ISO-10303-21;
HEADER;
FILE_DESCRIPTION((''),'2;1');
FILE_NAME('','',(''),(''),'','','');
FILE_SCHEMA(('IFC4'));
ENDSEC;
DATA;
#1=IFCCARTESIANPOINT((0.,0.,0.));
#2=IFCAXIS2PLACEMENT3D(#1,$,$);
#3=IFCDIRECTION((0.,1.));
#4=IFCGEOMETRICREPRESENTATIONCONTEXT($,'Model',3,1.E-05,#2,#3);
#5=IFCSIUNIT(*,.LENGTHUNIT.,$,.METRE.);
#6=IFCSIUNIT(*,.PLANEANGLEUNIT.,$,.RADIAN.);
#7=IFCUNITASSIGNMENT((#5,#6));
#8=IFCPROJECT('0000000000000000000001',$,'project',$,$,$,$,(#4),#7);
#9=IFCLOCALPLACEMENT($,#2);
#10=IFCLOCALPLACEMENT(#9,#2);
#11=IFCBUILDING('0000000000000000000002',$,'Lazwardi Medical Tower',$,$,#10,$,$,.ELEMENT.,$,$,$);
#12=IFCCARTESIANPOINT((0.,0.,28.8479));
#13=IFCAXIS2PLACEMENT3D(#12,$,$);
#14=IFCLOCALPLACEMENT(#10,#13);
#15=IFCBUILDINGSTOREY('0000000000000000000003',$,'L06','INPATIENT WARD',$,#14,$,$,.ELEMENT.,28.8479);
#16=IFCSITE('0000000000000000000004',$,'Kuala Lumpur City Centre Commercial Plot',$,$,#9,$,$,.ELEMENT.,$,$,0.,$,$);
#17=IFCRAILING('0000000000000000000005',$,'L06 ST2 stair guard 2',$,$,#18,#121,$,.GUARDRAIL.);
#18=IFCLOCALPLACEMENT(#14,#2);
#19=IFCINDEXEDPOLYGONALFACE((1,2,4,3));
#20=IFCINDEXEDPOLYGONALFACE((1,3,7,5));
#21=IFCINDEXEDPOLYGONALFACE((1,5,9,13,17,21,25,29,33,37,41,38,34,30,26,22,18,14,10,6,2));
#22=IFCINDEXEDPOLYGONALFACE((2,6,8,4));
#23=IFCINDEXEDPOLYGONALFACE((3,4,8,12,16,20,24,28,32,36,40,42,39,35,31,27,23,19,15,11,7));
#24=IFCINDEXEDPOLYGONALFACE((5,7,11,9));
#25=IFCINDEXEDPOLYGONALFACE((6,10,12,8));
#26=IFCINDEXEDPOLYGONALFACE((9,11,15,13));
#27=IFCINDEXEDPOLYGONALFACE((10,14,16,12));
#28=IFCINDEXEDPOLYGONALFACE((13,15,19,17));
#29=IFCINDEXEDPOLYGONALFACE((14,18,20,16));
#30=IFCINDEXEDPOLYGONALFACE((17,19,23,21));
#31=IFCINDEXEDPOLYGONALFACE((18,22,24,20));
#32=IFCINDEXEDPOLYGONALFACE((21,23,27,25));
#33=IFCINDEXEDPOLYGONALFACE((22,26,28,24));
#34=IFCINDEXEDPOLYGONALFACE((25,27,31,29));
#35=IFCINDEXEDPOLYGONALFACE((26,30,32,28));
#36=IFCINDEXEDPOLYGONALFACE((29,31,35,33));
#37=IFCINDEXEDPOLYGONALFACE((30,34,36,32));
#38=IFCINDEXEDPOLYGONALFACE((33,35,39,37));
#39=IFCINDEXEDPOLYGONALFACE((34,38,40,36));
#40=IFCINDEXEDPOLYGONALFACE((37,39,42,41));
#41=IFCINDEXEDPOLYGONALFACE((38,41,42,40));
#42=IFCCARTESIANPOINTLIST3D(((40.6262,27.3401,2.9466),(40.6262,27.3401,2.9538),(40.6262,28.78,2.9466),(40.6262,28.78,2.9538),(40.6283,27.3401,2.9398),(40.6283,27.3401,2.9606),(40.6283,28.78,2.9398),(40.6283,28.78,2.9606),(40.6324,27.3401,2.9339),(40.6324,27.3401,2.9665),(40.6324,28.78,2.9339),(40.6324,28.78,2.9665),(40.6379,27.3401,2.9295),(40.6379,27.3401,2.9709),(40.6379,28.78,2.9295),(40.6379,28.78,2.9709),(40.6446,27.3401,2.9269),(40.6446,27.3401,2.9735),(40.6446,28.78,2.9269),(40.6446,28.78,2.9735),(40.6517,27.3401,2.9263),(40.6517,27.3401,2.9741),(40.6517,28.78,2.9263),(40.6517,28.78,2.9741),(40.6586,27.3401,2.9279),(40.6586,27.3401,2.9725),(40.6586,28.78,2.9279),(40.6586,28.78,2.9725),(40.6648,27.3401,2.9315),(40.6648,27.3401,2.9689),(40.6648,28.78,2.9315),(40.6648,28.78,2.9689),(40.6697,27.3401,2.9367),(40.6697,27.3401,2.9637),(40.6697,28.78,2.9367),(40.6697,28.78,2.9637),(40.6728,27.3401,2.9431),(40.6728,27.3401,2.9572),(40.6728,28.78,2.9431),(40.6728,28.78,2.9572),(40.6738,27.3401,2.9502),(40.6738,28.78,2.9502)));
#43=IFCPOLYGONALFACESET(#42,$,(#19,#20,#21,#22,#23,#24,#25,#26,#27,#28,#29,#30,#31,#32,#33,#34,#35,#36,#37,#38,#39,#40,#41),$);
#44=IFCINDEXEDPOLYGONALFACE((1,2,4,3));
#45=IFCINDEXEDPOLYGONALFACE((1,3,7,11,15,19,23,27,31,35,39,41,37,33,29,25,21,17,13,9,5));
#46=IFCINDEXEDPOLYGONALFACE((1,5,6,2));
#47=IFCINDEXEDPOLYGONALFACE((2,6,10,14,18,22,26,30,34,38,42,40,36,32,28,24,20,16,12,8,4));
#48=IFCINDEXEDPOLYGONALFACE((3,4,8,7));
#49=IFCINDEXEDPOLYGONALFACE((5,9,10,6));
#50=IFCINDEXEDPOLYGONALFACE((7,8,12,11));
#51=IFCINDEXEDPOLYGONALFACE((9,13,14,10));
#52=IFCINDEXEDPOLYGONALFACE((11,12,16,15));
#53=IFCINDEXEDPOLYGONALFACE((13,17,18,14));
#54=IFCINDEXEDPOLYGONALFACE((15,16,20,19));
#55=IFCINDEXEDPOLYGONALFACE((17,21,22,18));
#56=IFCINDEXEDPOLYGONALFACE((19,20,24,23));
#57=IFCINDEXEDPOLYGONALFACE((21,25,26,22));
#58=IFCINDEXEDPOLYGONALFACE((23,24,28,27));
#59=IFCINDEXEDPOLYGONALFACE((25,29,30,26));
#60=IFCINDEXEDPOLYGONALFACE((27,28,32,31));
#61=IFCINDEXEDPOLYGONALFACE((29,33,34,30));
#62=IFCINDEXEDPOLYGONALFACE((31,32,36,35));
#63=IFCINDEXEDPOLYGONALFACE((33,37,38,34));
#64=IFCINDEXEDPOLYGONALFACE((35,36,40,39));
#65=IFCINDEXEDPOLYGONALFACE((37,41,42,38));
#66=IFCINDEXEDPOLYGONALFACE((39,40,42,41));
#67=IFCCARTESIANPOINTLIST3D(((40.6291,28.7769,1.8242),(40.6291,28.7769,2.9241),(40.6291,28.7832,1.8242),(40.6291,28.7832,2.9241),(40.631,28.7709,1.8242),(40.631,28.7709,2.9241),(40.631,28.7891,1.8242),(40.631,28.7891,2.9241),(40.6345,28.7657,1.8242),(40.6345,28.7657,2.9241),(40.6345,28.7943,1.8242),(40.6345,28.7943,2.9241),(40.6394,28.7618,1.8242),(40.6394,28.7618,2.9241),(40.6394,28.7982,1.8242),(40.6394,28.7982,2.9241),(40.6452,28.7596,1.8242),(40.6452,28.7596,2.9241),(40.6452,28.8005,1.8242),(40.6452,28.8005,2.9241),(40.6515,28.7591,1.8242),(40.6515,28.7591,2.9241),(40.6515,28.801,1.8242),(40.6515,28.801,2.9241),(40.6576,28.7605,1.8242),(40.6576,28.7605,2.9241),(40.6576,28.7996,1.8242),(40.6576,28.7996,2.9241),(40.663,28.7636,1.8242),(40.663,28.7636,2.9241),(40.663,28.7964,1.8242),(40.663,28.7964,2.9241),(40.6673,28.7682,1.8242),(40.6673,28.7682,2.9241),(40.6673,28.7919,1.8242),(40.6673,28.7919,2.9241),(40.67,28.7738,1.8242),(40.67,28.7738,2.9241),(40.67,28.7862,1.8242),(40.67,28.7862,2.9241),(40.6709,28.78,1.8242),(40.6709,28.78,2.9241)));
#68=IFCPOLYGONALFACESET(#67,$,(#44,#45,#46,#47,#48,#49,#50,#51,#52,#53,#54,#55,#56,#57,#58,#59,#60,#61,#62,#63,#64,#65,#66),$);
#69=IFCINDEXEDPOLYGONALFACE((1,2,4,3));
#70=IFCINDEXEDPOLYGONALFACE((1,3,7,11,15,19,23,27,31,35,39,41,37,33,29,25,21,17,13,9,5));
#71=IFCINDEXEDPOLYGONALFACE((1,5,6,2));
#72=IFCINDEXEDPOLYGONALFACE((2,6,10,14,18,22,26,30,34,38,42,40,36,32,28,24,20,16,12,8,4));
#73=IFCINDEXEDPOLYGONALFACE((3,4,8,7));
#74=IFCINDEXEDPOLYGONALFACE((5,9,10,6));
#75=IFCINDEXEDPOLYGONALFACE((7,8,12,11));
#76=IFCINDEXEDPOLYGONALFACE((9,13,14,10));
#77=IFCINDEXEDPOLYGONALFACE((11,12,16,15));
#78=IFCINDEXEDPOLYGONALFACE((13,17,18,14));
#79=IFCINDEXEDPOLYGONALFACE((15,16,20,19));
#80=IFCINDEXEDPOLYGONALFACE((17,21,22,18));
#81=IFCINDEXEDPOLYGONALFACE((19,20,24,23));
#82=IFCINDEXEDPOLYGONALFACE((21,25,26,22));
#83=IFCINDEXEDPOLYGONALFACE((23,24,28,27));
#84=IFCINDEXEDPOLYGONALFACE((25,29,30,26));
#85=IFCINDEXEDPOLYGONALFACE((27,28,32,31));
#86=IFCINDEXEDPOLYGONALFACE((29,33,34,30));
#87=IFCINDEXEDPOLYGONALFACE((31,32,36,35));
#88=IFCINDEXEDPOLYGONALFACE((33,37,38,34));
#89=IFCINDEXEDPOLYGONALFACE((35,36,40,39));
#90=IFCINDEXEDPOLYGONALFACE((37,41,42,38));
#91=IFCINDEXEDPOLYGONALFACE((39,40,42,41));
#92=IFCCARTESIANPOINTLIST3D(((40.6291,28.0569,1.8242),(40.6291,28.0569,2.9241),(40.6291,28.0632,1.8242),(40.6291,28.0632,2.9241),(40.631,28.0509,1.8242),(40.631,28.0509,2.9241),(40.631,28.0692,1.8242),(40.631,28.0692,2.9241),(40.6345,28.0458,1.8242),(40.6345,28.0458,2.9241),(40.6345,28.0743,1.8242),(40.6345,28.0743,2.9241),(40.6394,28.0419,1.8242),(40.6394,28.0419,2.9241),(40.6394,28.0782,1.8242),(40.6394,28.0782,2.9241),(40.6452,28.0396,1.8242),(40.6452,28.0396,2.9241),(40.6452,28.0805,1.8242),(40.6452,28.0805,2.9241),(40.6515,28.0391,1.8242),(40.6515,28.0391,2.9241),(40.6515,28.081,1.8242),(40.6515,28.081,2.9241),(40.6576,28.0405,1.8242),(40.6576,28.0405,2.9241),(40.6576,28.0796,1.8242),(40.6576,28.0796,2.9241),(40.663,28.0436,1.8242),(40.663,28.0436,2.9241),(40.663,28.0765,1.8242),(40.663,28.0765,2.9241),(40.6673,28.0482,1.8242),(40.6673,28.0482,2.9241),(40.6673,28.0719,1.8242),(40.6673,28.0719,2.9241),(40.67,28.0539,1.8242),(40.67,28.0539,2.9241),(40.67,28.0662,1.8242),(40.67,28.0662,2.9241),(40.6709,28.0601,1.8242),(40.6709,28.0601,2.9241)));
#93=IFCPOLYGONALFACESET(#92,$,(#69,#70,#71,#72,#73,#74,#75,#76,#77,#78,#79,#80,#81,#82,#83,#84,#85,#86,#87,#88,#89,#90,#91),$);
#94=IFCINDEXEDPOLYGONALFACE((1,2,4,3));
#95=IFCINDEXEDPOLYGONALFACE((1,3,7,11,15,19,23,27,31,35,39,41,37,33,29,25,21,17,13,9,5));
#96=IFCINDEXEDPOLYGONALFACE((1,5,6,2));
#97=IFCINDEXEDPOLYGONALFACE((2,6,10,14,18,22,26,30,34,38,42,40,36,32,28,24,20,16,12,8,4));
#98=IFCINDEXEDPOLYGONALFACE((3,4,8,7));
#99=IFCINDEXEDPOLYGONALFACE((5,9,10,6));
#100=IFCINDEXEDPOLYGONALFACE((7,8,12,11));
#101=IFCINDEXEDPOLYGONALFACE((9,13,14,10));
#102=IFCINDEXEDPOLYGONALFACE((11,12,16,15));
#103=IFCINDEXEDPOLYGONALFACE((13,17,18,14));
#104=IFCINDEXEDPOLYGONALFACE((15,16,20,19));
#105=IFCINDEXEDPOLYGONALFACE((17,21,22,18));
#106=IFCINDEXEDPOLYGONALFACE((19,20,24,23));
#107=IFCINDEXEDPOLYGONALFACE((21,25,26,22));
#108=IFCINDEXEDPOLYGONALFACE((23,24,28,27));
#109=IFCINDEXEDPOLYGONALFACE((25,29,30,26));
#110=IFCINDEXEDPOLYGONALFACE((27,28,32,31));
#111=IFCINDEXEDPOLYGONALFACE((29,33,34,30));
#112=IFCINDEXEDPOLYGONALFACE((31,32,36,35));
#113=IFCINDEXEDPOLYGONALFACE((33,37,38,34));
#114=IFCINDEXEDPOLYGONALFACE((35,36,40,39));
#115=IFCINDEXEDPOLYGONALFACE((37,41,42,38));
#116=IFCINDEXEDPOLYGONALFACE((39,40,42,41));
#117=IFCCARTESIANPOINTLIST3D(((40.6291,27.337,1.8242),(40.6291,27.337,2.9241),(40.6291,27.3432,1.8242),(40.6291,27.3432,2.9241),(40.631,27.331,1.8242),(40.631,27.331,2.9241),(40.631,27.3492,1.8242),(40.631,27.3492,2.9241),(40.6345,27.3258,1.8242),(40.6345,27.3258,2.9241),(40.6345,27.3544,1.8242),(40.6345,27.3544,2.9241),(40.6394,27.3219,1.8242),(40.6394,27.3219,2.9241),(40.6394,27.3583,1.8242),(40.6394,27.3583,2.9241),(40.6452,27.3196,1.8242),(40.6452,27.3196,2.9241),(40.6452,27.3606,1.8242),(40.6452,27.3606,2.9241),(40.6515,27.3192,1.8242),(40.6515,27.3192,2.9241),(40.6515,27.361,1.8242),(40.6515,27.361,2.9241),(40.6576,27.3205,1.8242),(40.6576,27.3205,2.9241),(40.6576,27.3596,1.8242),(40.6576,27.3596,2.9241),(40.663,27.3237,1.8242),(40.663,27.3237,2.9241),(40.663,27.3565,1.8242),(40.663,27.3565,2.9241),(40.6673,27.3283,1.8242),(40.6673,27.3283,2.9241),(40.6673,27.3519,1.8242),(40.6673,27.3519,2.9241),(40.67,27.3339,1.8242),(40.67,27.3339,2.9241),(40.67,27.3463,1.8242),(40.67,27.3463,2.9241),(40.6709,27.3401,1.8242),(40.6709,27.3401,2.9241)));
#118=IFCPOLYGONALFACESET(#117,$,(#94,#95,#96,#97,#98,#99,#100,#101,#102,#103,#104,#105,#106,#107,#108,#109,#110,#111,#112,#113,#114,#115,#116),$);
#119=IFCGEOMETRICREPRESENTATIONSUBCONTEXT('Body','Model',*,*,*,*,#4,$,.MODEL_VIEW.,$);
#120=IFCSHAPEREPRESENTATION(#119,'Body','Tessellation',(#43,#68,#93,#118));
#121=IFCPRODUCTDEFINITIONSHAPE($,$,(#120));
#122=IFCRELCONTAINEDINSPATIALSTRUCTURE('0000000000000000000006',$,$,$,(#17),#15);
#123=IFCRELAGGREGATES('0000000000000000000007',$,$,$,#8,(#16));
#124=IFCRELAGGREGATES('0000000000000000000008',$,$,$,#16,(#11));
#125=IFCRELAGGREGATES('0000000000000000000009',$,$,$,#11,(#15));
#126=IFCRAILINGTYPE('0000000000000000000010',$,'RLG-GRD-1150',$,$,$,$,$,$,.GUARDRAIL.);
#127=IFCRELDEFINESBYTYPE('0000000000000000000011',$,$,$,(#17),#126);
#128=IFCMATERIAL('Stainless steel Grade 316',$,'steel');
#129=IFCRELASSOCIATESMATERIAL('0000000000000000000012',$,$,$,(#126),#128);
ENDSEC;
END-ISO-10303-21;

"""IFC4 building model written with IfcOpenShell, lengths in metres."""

from ifc_helpers import new_model, si_unit, direction, frame, origin, origin_2d, place, context, subcontext, project, spatial, circle, extrude, material, type_object, element, save


model = new_model("IFC4")

# Units and contexts
model_context = context("Model", 3, precision=1e-05, world=origin(), true_north=direction((0.0, 1.0)))
body_context = subcontext(model_context, "Body", "Model", "MODEL_VIEW")
ifc_project = project(units=[si_unit("LENGTHUNIT", "METRE"), si_unit("PLANEANGLEUNIT", "RADIAN")], contexts=[model_context])

# Site, building, storey
site_placement = place(None, origin())
site = spatial("IfcSite", under=ifc_project, at=site_placement, Name="Kuala Lumpur City Centre Commercial Plot", CompositionType="ELEMENT", RefElevation=0.0)
building_placement = place(site_placement, origin())
building = spatial("IfcBuilding", under=site, at=building_placement, Name="Lazwardi Medical Tower", CompositionType="ELEMENT")
storey_placement = place(building_placement, frame((0.0, 0.0, 28.8479)))
storey = spatial("IfcBuildingStorey", under=building, at=storey_placement, Name="L06", Description="INPATIENT WARD", CompositionType="ELEMENT", Elevation=28.8479)

# Railing
ifc_material_1 = material(Name="Stainless steel Grade 316", Category="steel")
railing_type_1 = type_object("IfcRailingType", Name="RLG-GRD-1150", PredefinedType="GUARDRAIL", material=ifc_material_1)
railing_1_placement = place(storey_placement, frame((40.6499, 28.78, 1.8242)))
element("IfcRailing", 1, at=railing_1_placement, inside=storey, type_object=railing_type_1, Name="L06 ST2 stair guard 2", PredefinedType="GUARDRAIL", context=body_context, shape_type="SweptSolid", body=[
    extrude(circle(Radius=0.0239, at=origin_2d()), frame((0.0, 0.0, 1.126), z_axis=(0.0, -1.0, 0.0), x_axis=(1.0, 0.0, 0.0)), (0.0, 0.0, 1.0), 1.4399),
    extrude(circle(Radius=0.021, at=origin_2d()), origin(), (0.0, 0.0, 1.0), 1.0999),
    extrude(circle(Radius=0.021, at=origin_2d()), frame((0.0, -0.72, 0.0)), (0.0, 0.0, 1.0), 1.0999),
    extrude(circle(Radius=0.021, at=origin_2d()), frame((0.0, -1.4399, 0.0)), (0.0, 0.0, 1.0), 1.0999),
])

save(model, "model.ifc")
